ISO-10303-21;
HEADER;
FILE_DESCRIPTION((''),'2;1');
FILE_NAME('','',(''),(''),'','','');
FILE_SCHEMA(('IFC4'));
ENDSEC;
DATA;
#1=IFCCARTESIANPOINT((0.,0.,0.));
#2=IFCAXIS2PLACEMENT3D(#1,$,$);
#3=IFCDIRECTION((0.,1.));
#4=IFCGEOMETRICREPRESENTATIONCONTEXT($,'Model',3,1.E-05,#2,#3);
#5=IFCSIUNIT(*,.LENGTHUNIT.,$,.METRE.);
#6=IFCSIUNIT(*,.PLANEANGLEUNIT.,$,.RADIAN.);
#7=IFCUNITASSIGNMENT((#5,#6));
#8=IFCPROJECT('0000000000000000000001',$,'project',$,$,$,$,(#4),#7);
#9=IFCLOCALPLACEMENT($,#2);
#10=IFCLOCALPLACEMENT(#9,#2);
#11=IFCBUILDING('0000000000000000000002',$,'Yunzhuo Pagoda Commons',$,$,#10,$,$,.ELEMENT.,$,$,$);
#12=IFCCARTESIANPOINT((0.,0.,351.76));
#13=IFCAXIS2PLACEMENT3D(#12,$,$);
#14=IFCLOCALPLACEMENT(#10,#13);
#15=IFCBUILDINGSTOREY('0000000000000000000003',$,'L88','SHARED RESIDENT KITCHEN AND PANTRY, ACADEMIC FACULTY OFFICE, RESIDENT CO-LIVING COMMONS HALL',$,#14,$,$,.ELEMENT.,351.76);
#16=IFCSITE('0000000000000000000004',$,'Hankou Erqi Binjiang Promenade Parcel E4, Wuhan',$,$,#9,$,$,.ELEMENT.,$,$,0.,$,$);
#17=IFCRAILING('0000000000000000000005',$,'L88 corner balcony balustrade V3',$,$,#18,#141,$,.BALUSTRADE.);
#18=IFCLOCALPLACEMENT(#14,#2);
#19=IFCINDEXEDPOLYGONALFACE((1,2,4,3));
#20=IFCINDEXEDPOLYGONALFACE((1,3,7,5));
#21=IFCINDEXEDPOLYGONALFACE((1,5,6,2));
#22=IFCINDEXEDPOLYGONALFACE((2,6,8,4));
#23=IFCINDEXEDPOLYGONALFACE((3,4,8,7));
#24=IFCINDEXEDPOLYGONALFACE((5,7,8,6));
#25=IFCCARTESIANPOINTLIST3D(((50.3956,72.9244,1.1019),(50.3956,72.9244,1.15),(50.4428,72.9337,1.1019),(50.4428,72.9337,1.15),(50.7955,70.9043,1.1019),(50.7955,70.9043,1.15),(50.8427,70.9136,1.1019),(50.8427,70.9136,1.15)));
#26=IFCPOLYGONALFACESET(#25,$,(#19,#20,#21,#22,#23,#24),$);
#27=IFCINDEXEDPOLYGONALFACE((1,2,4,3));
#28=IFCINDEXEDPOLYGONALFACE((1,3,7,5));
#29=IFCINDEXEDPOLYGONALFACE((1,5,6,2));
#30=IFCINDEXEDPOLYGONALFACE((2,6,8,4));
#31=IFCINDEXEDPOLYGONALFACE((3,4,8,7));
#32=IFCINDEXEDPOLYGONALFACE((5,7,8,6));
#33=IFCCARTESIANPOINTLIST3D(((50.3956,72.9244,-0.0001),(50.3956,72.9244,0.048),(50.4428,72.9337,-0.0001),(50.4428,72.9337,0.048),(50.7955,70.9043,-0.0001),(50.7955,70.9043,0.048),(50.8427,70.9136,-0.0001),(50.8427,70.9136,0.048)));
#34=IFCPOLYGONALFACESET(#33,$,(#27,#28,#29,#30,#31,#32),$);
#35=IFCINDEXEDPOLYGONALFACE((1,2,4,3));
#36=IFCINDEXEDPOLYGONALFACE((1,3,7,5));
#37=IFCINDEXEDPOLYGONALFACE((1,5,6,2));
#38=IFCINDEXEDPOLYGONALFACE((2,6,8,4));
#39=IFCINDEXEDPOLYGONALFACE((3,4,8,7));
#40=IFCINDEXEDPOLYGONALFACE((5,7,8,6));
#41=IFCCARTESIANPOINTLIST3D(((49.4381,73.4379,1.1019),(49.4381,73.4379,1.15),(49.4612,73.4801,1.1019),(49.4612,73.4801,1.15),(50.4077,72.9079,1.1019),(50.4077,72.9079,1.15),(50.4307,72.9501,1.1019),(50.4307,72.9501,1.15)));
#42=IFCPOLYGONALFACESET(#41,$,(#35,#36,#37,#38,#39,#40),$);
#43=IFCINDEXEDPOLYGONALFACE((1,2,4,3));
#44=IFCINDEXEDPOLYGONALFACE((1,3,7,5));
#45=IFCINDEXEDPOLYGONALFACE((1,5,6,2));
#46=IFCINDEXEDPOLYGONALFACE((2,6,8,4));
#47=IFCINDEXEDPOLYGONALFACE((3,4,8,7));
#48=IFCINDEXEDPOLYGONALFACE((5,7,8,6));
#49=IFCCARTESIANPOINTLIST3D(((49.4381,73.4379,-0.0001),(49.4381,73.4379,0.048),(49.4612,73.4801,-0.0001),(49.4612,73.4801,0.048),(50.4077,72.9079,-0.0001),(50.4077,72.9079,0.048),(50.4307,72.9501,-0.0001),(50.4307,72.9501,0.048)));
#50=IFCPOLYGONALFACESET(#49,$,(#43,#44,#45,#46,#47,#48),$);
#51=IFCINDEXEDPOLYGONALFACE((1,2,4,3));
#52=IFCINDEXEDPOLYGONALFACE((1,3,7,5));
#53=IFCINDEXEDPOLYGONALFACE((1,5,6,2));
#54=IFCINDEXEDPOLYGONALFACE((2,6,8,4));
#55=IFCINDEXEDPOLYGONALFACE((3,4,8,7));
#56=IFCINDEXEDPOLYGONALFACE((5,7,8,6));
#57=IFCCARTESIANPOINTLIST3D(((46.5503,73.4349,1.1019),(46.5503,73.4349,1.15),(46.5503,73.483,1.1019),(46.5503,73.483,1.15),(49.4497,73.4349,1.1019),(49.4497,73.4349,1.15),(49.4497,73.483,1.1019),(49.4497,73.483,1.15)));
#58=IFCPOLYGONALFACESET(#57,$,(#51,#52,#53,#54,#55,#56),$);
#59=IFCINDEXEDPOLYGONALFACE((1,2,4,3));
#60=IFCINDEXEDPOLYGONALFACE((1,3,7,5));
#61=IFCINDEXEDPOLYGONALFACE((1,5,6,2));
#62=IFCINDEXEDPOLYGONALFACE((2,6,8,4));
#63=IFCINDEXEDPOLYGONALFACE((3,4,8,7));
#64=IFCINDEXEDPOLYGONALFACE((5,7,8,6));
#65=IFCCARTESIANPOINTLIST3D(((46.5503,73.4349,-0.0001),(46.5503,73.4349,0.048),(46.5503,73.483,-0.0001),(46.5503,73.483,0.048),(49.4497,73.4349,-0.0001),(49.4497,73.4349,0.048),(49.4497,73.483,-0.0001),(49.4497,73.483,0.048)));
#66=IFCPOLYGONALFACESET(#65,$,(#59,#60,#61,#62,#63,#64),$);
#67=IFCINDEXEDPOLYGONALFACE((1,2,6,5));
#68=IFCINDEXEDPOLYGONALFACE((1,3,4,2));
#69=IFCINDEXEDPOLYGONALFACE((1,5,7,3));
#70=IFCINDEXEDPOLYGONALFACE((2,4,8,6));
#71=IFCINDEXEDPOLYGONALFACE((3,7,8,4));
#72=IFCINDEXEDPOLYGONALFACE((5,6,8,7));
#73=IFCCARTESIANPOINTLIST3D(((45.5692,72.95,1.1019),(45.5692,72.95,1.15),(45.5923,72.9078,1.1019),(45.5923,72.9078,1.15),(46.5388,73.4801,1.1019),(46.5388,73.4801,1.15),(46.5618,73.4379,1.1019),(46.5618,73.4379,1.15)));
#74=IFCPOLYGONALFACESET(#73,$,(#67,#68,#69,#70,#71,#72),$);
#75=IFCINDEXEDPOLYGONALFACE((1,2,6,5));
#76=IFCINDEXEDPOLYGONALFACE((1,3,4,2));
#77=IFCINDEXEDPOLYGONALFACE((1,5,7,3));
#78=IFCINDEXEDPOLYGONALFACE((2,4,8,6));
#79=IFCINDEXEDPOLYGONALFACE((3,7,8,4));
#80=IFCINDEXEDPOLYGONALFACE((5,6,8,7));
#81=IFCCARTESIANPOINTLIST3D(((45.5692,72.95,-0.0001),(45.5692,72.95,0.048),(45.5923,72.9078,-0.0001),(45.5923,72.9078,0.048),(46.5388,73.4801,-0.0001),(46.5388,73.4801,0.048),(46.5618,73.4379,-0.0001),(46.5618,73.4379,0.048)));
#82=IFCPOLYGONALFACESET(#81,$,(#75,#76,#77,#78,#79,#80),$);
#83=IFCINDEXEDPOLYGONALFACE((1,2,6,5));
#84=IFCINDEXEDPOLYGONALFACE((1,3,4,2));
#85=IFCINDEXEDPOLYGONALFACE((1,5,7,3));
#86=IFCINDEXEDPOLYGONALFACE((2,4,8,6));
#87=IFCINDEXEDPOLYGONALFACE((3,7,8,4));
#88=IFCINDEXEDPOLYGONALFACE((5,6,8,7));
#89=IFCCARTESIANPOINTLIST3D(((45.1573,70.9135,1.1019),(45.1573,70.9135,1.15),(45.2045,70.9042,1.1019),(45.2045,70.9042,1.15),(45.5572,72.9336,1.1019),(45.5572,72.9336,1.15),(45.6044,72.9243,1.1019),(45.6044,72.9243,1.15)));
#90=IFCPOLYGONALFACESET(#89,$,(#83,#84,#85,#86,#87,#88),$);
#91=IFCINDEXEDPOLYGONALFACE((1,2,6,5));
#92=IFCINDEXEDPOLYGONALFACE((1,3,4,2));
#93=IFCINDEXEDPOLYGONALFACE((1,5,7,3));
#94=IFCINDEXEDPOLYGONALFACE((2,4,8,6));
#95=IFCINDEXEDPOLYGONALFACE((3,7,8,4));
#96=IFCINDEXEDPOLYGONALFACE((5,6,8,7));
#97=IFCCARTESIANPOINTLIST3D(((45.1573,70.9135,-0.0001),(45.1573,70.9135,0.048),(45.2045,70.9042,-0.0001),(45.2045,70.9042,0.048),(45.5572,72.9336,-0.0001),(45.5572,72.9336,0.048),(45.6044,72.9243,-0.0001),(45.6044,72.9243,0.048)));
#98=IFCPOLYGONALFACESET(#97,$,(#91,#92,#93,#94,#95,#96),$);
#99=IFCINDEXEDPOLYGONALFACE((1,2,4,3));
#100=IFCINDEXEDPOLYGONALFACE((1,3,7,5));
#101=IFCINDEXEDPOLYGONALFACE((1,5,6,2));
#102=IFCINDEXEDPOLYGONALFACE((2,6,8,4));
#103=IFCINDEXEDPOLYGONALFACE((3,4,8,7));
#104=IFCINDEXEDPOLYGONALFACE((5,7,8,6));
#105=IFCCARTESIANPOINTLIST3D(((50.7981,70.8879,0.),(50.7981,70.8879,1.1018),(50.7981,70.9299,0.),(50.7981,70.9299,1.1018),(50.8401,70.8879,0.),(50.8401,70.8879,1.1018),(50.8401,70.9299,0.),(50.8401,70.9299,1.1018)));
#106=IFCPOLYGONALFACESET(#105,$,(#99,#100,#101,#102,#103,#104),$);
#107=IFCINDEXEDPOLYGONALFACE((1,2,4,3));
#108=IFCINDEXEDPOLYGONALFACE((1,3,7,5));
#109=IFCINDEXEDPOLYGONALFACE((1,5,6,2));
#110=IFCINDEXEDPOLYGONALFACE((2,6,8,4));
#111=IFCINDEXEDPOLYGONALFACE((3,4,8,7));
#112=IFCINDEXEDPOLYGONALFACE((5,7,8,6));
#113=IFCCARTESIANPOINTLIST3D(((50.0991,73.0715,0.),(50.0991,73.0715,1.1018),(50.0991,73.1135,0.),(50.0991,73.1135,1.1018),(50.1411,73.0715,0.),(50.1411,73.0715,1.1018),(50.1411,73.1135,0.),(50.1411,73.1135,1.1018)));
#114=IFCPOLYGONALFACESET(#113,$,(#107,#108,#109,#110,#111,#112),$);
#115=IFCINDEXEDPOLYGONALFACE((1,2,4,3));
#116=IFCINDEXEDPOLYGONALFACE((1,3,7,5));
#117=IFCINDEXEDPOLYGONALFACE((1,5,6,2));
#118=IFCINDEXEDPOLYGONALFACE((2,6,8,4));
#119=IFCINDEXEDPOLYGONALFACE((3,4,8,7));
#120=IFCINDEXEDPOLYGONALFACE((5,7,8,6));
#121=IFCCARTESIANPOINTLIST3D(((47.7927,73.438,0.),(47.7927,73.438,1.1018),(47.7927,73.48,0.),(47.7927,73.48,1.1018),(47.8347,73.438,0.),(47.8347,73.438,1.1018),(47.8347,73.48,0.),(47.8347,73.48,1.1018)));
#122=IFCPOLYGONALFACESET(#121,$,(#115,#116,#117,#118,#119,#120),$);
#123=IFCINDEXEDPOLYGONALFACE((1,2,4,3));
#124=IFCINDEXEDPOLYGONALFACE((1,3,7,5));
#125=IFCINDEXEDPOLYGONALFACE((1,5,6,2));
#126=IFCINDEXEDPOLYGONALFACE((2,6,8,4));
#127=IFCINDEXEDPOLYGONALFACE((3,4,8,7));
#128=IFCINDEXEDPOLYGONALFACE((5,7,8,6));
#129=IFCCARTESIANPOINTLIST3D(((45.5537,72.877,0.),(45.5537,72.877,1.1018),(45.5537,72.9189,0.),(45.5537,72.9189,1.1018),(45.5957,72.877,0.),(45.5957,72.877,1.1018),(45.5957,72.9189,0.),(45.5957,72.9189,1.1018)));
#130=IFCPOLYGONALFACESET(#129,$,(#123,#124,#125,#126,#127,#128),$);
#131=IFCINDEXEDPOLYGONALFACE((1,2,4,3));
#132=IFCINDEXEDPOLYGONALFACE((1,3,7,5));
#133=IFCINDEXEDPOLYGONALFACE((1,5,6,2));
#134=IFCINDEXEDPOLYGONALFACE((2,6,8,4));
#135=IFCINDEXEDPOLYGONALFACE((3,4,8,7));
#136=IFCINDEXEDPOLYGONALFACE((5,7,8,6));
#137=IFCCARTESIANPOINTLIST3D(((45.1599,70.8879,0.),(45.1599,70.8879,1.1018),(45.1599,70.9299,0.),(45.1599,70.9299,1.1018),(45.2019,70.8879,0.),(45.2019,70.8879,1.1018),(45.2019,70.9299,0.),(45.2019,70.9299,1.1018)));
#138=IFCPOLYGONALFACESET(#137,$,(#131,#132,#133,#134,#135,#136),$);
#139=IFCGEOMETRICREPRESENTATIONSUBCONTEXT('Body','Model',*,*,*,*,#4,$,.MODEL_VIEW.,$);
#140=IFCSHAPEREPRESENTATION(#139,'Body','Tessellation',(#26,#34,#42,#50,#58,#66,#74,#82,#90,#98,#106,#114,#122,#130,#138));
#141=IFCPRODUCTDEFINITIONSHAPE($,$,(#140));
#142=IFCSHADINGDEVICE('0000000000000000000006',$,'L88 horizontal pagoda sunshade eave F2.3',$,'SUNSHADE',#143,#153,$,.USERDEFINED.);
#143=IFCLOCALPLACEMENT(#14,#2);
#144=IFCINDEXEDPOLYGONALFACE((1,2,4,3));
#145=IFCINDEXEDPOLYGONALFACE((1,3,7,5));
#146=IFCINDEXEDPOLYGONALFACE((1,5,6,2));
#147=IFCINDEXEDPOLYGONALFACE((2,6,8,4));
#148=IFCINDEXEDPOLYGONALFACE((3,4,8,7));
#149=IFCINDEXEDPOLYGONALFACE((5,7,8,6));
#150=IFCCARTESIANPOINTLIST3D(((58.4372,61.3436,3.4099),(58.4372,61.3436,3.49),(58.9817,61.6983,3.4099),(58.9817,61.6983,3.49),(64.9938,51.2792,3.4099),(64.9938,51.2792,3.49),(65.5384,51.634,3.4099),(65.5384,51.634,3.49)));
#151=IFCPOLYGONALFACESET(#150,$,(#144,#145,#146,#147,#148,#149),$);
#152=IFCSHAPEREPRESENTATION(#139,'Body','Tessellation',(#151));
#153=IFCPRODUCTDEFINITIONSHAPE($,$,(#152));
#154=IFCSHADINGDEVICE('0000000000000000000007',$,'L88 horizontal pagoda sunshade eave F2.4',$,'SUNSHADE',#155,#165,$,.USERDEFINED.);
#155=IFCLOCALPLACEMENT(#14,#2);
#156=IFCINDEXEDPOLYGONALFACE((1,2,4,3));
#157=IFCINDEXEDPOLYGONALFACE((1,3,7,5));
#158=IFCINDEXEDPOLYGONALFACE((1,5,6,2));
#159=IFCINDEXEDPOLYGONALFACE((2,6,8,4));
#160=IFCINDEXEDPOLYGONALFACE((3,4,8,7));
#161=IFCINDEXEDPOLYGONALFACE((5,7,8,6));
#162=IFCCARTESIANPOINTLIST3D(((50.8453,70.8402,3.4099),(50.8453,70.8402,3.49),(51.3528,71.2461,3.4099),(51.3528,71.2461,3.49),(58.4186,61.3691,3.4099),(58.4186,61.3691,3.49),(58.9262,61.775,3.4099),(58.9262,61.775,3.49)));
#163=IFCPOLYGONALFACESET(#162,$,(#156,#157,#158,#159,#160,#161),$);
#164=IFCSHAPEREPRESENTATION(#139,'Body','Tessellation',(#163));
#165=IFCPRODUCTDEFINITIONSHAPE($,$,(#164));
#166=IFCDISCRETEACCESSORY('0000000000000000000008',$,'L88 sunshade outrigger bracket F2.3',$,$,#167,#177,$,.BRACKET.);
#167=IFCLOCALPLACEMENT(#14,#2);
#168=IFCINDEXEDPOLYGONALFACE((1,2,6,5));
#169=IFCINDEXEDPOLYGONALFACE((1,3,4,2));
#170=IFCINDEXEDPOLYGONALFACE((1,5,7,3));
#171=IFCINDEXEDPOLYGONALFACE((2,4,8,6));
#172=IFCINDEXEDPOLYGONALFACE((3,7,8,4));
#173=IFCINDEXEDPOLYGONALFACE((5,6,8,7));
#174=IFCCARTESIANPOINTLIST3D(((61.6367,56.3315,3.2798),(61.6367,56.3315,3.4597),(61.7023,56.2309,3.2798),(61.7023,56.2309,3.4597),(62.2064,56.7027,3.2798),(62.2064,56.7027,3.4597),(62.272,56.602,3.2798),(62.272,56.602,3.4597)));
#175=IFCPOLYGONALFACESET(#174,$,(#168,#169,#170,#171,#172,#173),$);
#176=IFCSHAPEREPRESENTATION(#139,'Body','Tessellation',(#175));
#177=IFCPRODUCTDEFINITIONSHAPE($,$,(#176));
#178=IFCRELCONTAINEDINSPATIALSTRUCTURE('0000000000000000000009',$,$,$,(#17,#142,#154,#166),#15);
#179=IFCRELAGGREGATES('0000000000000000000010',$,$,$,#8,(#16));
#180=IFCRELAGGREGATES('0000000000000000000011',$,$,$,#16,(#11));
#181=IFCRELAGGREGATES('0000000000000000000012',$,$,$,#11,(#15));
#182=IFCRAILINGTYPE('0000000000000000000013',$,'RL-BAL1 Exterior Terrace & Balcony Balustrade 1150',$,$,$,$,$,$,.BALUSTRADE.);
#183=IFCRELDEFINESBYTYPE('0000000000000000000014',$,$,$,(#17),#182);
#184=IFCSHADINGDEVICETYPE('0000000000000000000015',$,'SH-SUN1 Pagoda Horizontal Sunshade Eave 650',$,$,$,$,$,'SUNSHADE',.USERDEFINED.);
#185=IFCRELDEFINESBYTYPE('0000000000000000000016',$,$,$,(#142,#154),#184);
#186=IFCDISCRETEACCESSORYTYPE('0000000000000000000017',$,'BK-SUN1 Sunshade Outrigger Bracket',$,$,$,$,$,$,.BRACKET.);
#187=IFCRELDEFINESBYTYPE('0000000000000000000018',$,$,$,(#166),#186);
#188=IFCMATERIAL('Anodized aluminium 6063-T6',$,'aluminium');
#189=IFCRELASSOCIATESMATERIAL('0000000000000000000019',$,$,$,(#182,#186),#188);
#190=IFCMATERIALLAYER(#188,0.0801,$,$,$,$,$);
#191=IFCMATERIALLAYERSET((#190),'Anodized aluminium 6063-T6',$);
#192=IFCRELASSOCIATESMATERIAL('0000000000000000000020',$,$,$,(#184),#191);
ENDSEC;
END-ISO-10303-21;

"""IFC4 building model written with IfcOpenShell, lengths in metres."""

from ifc_helpers import new_model, si_unit, direction, frame, origin, origin_2d, place, context, subcontext, project, spatial, rectangle, extrude, source, transform, mapped, material, layer, layer_set, type_object, element, save


model = new_model("IFC4")

# Units and contexts
model_context = context("Model", 3, precision=1e-05, world=origin(), true_north=direction((0.0, 1.0)))
body_context = subcontext(model_context, "Body", "Model", "MODEL_VIEW")
ifc_project = project(units=[si_unit("LENGTHUNIT", "METRE"), si_unit("PLANEANGLEUNIT", "RADIAN")], contexts=[model_context])

# Site, building, storey
site_placement = place(None, origin())
site = spatial("IfcSite", under=ifc_project, at=site_placement, Name="Hankou Erqi Binjiang Promenade Parcel E4, Wuhan", CompositionType="ELEMENT", RefElevation=0.0)
building_placement = place(site_placement, origin())
building = spatial("IfcBuilding", under=site, at=building_placement, Name="Yunzhuo Pagoda Commons", CompositionType="ELEMENT")
storey_placement = place(building_placement, frame((0.0, 0.0, 351.76)))
storey = spatial("IfcBuildingStorey", under=building, at=storey_placement, Name="L88", Description="SHARED RESIDENT KITCHEN AND PANTRY, ACADEMIC FACULTY OFFICE, RESIDENT CO-LIVING COMMONS HALL", CompositionType="ELEMENT", Elevation=351.76)

# Shared definitions
ifc_material_1 = material(Name="Anodized aluminium 6063-T6", Category="aluminium")

# Railing
railing_type = type_object("IfcRailingType", Name="RL-BAL1 Exterior Terrace & Balcony Balustrade 1150", PredefinedType="BALUSTRADE", material=ifc_material_1)
railing_placement = place(storey_placement, frame((50.8191, 70.9089, 0.0)))
element("IfcRailing", 1, at=railing_placement, inside=storey, type_object=railing_type, Name="L88 corner balcony balustrade V3", PredefinedType="BALUSTRADE", context=body_context, shape_type="SweptSolid", body=[
    extrude(rectangle(XDim=0.0481, YDim=0.0481, at=origin_2d()), frame((0.0, 0.0, 1.126), z_axis=(-0.194201, 0.980962, 0.0), x_axis=(-0.980962, -0.194201, 0.0)), (0.0, 0.0, 1.0), 2.0593),
    extrude(rectangle(XDim=0.0481, YDim=0.0481, at=origin_2d()), frame((0.0, 0.0, 0.0239), z_axis=(-0.194201, 0.980962, 0.0), x_axis=(-0.980962, -0.194201, 0.0)), (0.0, 0.0, 1.0), 2.0593),
    extrude(rectangle(XDim=0.0481, YDim=0.0481, at=origin_2d()), frame((-0.3999, 2.02, 1.126), z_axis=(-0.877431, 0.479703, 0.0), x_axis=(-0.479703, -0.877431, 0.0)), (0.0, 0.0, 1.0), 1.105),
    extrude(rectangle(XDim=0.0481, YDim=0.0481, at=origin_2d()), frame((-0.3999, 2.02, 0.0239), z_axis=(-0.877431, 0.479703, 0.0), x_axis=(-0.479703, -0.877431, 0.0)), (0.0, 0.0, 1.0), 1.105),
    extrude(rectangle(XDim=0.0481, YDim=0.0481, at=origin_2d()), frame((-1.3694, 2.55, 1.126), z_axis=(-1.0, 0.0, 0.0), x_axis=(0.0, -1.0, 0.0)), (0.0, 0.0, 1.0), 2.8994),
    extrude(rectangle(XDim=0.0481, YDim=0.0481, at=origin_2d()), frame((-1.3694, 2.55, 0.0239), z_axis=(-1.0, 0.0, 0.0), x_axis=(0.0, -1.0, 0.0)), (0.0, 0.0, 1.0), 2.8994),
    extrude(rectangle(XDim=0.0481, YDim=0.0481, at=origin_2d()), frame((-4.2688, 2.55, 1.126), z_axis=(-0.877431, -0.479703, 0.0), x_axis=(0.479703, -0.877431, 0.0)), (0.0, 0.0, 1.0), 1.105),
    extrude(rectangle(XDim=0.0481, YDim=0.0481, at=origin_2d()), frame((-4.2688, 2.55, 0.0239), z_axis=(-0.877431, -0.479703, 0.0), x_axis=(0.479703, -0.877431, 0.0)), (0.0, 0.0, 1.0), 1.105),
    extrude(rectangle(XDim=0.0481, YDim=0.0481, at=origin_2d()), frame((-5.2383, 2.02, 1.126), z_axis=(-0.194201, -0.980962, 0.0), x_axis=(0.980962, -0.194201, 0.0)), (0.0, 0.0, 1.0), 2.0593),
    extrude(rectangle(XDim=0.0481, YDim=0.0481, at=origin_2d()), frame((-5.2383, 2.02, 0.0239), z_axis=(-0.194201, -0.980962, 0.0), x_axis=(0.980962, -0.194201, 0.0)), (0.0, 0.0, 1.0), 2.0593),
    extrude(rectangle(XDim=0.042, YDim=0.042, at=origin_2d()), origin(), (0.0, 0.0, 1.0), 1.1018),
    extrude(rectangle(XDim=0.042, YDim=0.042, at=origin_2d()), frame((-0.699, 2.1836, 0.0)), (0.0, 0.0, 1.0), 1.1018),
    extrude(rectangle(XDim=0.042, YDim=0.042, at=origin_2d()), frame((-3.0054, 2.55, 0.0)), (0.0, 0.0, 1.0), 1.1018),
    extrude(rectangle(XDim=0.042, YDim=0.042, at=origin_2d()), frame((-5.2444, 1.989, 0.0)), (0.0, 0.0, 1.0), 1.1018),
    extrude(rectangle(XDim=0.042, YDim=0.042, at=origin_2d()), frame((-5.6382, 0.0, 0.0)), (0.0, 0.0, 1.0), 1.1018),
])

# Shading devices
ifc_layer_1 = layer(ifc_material_1, 0.0801)
ifc_layer_set_1 = layer_set([ifc_layer_1], Name="Anodized aluminium 6063-T6")
shading_device_type = type_object("IfcShadingDeviceType", Name="SH-SUN1 Pagoda Horizontal Sunshade Eave 650", ElementType="SUNSHADE", PredefinedType="USERDEFINED", material=ifc_layer_set_1)
shared_shape_1 = source(origin(), body_context, "Body", "SweptSolid", [
    extrude(rectangle(XDim=12.0117, YDim=0.6499, at=origin_2d()), origin(), (0.0, 0.0, 1.0), 0.0801),
])
shading_device_1_placement = place(storey_placement, frame((61.9878, 56.4888, 3.4099), z_axis=(0.0, 0.0, 1.0), x_axis=(-0.545853, 0.837881, 0.0)))
element("IfcShadingDevice", 2, at=shading_device_1_placement, inside=storey, type_object=shading_device_type, Name="L88 horizontal pagoda sunshade eave F2.3", ObjectType="SUNSHADE", PredefinedType="USERDEFINED", context=body_context, shape_type="MappedRepresentation", body=[
    mapped(shared_shape_1, transform((0.0, 0.0, 0.0), scale=1.0)),
])
shared_shape_2 = source(origin(), body_context, "Body", "SweptSolid", [
    extrude(rectangle(XDim=12.1267, YDim=0.6499, at=origin_2d()), origin(), (0.0, 0.0, 1.0), 0.0801),
])
shading_device_2_placement = place(storey_placement, frame((54.8857, 66.3076, 3.4099), z_axis=(0.0, 0.0, 1.0), x_axis=(-0.62452, 0.781008, 0.0)))
element("IfcShadingDevice", 3, at=shading_device_2_placement, inside=storey, type_object=shading_device_type, Name="L88 horizontal pagoda sunshade eave F2.4", ObjectType="SUNSHADE", PredefinedType="USERDEFINED", context=body_context, shape_type="MappedRepresentation", body=[
    mapped(shared_shape_2, transform((0.0, 0.0, 0.0), scale=1.0)),
])

# Discrete accessory
discrete_accessory_type = type_object("IfcDiscreteAccessoryType", Name="BK-SUN1 Sunshade Outrigger Bracket", PredefinedType="BRACKET", material=ifc_material_1)
shared_shape_3 = source(origin(), body_context, "Body", "SweptSolid", [
    extrude(rectangle(XDim=0.1201, YDim=0.6799, at=origin_2d()), origin(), (0.0, 0.0, 1.0), 0.1799),
])
discrete_accessory_placement = place(storey_placement, frame((61.9543, 56.4668, 3.2798), z_axis=(0.0, 0.0, 1.0), x_axis=(-0.545853, 0.837881, 0.0)))
element("IfcDiscreteAccessory", 4, at=discrete_accessory_placement, inside=storey, type_object=discrete_accessory_type, Name="L88 sunshade outrigger bracket F2.3", PredefinedType="BRACKET", context=body_context, shape_type="MappedRepresentation", body=[
    mapped(shared_shape_3, transform((0.0, 0.0, 0.0), scale=1.0)),
])

save(model, "model.ifc")
